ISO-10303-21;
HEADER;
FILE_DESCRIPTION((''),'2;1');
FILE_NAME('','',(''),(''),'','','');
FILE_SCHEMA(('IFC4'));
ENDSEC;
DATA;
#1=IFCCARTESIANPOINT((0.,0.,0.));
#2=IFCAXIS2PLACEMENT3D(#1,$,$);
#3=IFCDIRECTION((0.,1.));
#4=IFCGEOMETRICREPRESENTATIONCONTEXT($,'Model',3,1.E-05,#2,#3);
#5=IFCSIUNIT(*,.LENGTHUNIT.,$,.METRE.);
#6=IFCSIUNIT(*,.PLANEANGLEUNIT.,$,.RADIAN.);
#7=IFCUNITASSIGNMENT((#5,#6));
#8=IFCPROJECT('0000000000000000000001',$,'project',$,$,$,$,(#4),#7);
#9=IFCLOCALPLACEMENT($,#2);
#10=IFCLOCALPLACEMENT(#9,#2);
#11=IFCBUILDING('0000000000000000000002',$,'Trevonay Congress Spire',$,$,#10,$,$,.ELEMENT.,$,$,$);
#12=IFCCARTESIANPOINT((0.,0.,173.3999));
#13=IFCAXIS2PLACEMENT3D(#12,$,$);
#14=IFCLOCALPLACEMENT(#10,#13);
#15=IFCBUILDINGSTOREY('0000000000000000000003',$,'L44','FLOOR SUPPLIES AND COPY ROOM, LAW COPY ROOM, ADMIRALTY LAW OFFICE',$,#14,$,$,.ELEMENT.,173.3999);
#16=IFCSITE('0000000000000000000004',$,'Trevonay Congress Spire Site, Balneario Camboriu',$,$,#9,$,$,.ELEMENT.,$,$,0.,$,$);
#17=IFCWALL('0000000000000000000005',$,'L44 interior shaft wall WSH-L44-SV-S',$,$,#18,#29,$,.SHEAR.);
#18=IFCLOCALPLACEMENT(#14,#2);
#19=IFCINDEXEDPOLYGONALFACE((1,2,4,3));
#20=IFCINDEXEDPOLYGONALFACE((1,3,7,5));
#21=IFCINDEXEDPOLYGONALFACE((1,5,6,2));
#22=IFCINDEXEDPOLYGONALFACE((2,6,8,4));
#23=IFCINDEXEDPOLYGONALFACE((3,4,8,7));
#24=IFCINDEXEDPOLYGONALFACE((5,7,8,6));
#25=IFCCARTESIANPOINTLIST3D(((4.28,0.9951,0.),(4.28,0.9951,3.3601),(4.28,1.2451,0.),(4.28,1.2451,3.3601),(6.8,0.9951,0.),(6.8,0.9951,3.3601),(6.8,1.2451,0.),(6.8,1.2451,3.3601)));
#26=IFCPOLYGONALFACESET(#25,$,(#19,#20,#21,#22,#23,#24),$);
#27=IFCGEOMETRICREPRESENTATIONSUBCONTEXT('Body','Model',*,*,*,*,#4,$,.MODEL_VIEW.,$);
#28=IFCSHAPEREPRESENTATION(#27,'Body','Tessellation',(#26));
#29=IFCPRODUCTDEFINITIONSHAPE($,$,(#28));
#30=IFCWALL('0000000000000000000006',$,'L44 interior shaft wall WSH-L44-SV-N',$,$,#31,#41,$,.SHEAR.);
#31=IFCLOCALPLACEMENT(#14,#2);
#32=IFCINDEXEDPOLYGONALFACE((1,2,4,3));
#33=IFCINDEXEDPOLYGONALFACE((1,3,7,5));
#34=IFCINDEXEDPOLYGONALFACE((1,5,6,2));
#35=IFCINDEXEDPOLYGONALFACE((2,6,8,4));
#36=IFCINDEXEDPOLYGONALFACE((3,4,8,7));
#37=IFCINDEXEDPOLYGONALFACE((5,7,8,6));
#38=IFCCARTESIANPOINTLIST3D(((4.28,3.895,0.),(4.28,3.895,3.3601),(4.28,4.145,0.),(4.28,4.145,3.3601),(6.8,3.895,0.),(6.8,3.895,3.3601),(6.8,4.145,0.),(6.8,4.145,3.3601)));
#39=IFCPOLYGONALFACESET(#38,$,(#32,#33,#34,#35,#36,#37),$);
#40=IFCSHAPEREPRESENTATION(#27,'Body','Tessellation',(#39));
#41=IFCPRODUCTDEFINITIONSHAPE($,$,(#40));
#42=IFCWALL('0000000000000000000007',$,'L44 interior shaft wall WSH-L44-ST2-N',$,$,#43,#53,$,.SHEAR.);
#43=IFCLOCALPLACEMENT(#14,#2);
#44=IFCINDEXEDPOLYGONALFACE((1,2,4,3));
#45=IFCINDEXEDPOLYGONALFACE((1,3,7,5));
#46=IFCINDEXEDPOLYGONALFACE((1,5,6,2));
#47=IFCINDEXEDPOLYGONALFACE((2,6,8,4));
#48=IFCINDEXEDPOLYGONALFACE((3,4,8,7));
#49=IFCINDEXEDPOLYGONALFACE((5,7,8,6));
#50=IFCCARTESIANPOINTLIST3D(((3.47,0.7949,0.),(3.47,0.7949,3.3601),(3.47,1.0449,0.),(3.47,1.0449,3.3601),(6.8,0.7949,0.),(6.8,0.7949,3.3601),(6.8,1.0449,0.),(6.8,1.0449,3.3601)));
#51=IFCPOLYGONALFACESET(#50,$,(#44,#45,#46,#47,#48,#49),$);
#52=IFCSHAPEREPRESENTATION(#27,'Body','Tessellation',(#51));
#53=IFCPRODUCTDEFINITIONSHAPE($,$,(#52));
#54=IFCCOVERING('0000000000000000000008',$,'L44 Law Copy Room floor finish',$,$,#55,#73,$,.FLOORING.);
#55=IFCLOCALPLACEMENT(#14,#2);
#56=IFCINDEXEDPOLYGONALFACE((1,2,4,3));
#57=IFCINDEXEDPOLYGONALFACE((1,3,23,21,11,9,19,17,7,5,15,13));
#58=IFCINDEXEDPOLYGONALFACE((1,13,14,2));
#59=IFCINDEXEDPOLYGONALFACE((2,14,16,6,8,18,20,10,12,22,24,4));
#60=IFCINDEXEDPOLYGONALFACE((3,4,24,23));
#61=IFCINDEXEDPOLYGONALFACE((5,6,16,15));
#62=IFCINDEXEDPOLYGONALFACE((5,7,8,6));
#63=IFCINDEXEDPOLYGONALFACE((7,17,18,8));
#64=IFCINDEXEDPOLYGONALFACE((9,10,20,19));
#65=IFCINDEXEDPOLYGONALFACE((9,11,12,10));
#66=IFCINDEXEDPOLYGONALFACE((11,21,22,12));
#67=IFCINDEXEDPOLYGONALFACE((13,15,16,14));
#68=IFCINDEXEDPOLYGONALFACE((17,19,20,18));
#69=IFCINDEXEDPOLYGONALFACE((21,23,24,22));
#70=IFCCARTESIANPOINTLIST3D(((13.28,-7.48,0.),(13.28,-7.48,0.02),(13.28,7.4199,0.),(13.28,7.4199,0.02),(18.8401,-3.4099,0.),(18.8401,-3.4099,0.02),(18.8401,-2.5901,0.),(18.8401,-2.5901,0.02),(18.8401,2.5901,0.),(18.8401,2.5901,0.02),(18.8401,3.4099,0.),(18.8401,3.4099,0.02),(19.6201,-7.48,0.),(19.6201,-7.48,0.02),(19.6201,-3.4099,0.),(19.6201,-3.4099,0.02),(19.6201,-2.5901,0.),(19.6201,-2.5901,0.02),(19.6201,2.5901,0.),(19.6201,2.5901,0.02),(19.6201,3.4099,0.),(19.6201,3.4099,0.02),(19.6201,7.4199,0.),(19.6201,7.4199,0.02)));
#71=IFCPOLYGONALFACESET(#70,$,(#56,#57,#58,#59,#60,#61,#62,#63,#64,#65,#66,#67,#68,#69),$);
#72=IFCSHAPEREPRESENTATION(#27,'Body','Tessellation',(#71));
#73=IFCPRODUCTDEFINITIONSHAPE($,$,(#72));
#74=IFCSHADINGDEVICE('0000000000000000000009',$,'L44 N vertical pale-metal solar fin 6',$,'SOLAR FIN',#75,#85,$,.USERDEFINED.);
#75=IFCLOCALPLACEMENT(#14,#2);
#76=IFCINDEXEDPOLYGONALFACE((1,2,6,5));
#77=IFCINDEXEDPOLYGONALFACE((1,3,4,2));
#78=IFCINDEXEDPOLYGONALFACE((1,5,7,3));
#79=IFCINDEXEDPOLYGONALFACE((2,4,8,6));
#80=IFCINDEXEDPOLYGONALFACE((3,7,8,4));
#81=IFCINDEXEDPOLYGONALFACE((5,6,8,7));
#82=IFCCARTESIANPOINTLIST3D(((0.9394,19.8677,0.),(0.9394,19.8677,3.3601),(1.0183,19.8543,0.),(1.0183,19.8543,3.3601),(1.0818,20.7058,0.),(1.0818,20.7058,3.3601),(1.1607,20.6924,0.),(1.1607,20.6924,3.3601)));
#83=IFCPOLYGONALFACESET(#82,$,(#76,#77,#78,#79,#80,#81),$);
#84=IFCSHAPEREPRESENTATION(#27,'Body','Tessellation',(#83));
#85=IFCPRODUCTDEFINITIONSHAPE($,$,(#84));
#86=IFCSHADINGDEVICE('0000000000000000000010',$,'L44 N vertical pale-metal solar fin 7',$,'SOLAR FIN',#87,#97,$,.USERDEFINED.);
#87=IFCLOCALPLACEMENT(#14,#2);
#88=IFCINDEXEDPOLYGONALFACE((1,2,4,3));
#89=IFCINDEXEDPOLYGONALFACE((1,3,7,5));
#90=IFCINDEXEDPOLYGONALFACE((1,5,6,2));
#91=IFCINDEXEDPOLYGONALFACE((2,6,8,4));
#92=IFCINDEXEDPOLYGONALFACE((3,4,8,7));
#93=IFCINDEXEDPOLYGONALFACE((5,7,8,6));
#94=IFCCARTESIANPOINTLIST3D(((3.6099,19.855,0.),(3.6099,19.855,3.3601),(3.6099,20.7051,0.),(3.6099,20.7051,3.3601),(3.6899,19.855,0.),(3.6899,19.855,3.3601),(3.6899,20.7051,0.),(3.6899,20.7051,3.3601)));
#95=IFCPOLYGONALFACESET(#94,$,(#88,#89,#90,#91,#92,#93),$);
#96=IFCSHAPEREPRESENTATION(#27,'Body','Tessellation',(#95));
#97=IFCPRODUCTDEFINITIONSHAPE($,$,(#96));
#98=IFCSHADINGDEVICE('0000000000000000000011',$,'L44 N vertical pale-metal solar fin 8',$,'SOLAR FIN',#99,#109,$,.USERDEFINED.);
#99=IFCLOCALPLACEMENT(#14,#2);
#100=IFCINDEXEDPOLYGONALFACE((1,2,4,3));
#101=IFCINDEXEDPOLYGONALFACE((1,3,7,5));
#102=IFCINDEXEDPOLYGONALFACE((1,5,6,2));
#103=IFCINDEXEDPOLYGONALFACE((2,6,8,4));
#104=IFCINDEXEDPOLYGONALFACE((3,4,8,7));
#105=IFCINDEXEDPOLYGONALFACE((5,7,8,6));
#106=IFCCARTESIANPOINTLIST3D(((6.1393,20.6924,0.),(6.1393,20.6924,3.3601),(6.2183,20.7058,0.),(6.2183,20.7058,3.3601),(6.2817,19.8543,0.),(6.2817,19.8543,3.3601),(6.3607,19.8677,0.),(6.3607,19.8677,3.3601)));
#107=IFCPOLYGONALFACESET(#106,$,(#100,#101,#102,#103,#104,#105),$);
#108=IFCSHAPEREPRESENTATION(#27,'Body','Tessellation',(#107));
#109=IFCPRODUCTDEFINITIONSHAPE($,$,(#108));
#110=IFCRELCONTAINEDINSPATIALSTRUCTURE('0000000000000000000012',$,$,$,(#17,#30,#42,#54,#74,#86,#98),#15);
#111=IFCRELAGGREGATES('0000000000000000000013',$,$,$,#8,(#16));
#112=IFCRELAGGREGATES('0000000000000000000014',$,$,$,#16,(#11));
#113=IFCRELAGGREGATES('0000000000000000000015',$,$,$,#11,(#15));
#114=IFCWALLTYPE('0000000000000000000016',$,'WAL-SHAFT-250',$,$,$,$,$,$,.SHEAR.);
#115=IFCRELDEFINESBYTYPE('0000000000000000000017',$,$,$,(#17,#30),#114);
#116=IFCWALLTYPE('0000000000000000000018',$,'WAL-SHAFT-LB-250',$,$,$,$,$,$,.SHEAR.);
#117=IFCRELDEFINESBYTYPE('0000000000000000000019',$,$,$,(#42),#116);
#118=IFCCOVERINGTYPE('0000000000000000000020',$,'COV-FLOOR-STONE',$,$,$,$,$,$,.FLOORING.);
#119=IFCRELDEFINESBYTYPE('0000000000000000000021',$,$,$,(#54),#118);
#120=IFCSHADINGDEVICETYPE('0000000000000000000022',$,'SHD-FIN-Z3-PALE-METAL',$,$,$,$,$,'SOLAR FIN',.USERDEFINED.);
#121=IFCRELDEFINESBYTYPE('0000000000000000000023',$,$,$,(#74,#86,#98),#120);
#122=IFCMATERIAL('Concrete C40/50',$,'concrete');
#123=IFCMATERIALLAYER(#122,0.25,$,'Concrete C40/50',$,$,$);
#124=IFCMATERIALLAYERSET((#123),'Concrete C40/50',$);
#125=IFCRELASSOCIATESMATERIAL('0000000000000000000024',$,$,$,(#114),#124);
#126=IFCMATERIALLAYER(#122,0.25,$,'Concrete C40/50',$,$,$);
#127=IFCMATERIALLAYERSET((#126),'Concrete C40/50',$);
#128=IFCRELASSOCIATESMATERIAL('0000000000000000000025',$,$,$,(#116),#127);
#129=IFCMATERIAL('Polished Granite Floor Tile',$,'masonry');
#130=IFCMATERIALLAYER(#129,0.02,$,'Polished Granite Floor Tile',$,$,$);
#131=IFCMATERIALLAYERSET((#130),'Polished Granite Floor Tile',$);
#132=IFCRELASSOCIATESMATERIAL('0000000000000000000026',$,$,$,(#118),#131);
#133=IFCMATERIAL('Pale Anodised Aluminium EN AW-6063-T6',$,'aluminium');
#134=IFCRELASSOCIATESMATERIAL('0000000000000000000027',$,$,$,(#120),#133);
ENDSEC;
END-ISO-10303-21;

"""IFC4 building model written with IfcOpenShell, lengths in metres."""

from ifc_helpers import new_model, si_unit, direction, frame, frame_2d, origin, origin_2d, place, context, subcontext, project, spatial, polyline, rectangle, outline, extrude, material, layer, layer_set, type_object, element, save


model = new_model("IFC4")

# Units and contexts
model_context = context("Model", 3, precision=1e-05, world=origin(), true_north=direction((0.0, 1.0)))
body_context = subcontext(model_context, "Body", "Model", "MODEL_VIEW")
ifc_project = project(units=[si_unit("LENGTHUNIT", "METRE"), si_unit("PLANEANGLEUNIT", "RADIAN")], contexts=[model_context])

# Site, building, storey
site_placement = place(None, origin())
site = spatial("IfcSite", under=ifc_project, at=site_placement, Name="Trevonay Congress Spire Site, Balneario Camboriu", CompositionType="ELEMENT", RefElevation=0.0)
building_placement = place(site_placement, origin())
building = spatial("IfcBuilding", under=site, at=building_placement, Name="Trevonay Congress Spire", CompositionType="ELEMENT")
storey_placement = place(building_placement, frame((0.0, 0.0, 173.3999)))
storey = spatial("IfcBuildingStorey", under=building, at=storey_placement, Name="L44", Description="FLOOR SUPPLIES AND COPY ROOM, LAW COPY ROOM, ADMIRALTY LAW OFFICE", CompositionType="ELEMENT", Elevation=173.3999)

# Shared definitions
ifc_material_1 = material(Name="Pale Anodised Aluminium EN AW-6063-T6", Category="aluminium")

# Shared definitions
ifc_material_2 = material(Name="Concrete C40/50", Category="concrete")
ifc_layer_1 = layer(ifc_material_2, 0.25, Name="Concrete C40/50")
ifc_layer_set_1 = layer_set([ifc_layer_1], Name="Concrete C40/50")
wall_type_1 = type_object("IfcWallType", Name="WAL-SHAFT-250", PredefinedType="SHEAR", material=ifc_layer_set_1)

# Walls
for number, where, z_axis, x_axis, name in (
    (1, (4.28, 1.1201, 0.0), (0.0, 0.0, 1.0), (1.0, 0.0, 0.0), "L44 interior shaft wall WSH-L44-SV-S"),
    (2, (4.28, 4.02, 0.0), (0.0, 0.0, 1.0), (1.0, 0.0, 0.0), "L44 interior shaft wall WSH-L44-SV-N"),
):
    element("IfcWall", number, at=place(storey_placement, frame(where, z_axis=z_axis, x_axis=x_axis)), inside=storey, type_object=wall_type_1, Name=name, PredefinedType="SHEAR", context=body_context, shape_type="SweptSolid", body=[
        extrude(rectangle(XDim=2.52, YDim=0.25, at=frame_2d((1.26, 0.0))), origin(), (0.0, 0.0, 1.0), 3.3601),
    ])
ifc_layer_2 = layer(ifc_material_2, 0.25, Name="Concrete C40/50")
ifc_layer_set_2 = layer_set([ifc_layer_2], Name="Concrete C40/50")
wall_type_2 = type_object("IfcWallType", Name="WAL-SHAFT-LB-250", PredefinedType="SHEAR", material=ifc_layer_set_2)
wall_1_placement = place(storey_placement, frame((3.47, 0.9199, 0.0), z_axis=(0.0, 0.0, 1.0), x_axis=(1.0, 0.0, 0.0)))
element("IfcWall", 3, at=wall_1_placement, inside=storey, type_object=wall_type_2, Name="L44 interior shaft wall WSH-L44-ST2-N", PredefinedType="SHEAR", context=body_context, shape_type="SweptSolid", body=[
    extrude(rectangle(XDim=3.3301, YDim=0.25, at=frame_2d((1.665, 0.0))), origin(), (0.0, 0.0, 1.0), 3.3601),
])

# Covering
ifc_material_3 = material(Name="Polished Granite Floor Tile", Category="masonry")
ifc_layer_3 = layer(ifc_material_3, 0.02, Name="Polished Granite Floor Tile")
ifc_layer_set_3 = layer_set([ifc_layer_3], Name="Polished Granite Floor Tile")
covering_type = type_object("IfcCoveringType", Name="COV-FLOOR-STONE", PredefinedType="FLOORING", material=ifc_layer_set_3)
covering_placement = place(storey_placement, origin())
element("IfcCovering", 4, at=covering_placement, inside=storey, type_object=covering_type, Name="L44 Law Copy Room floor finish", PredefinedType="FLOORING", context=body_context, shape_type="SweptSolid", body=[
    extrude(outline(polyline([(19.6201, -7.48), (13.28, -7.48), (13.28, 7.4199), (19.6201, 7.4199), (19.6201, 3.4099), (18.8401, 3.4099), (18.8401, 2.5901), (19.6201, 2.5901), (19.6201, -2.5901), (18.8401, -2.5901), (18.8401, -3.4099), (19.6201, -3.4099), (19.6201, -7.48)])), origin(), (0.0, 0.0, 1.0), 0.02),
])

# Shading devices
shading_device_type = type_object("IfcShadingDeviceType", Name="SHD-FIN-Z3-PALE-METAL", ElementType="SOLAR FIN", PredefinedType="USERDEFINED", material=ifc_material_1)
for number, where, z_axis, x_axis, name in (
    (5, (1.05, 20.28, 0.0), (0.0, 0.0, 1.0), (0.985879, -0.167457, 0.0), "L44 N vertical pale-metal solar fin 6"),
    (6, (3.6499, 20.28, 0.0), (0.0, 0.0, 1.0), (1.0, 0.0, 0.0), "L44 N vertical pale-metal solar fin 7"),
    (7, (6.25, 20.28, 0.0), (0.0, 0.0, 1.0), (0.985879, 0.167457, 0.0), "L44 N vertical pale-metal solar fin 8"),
):
    element("IfcShadingDevice", number, at=place(storey_placement, frame(where, z_axis=z_axis, x_axis=x_axis)), inside=storey, type_object=shading_device_type, Name=name, ObjectType="SOLAR FIN", PredefinedType="USERDEFINED", context=body_context, shape_type="SweptSolid", body=[
        extrude(rectangle(XDim=0.0801, YDim=0.8501, at=origin_2d()), origin(), (0.0, 0.0, 1.0), 3.3601),
    ])

save(model, "model.ifc")
